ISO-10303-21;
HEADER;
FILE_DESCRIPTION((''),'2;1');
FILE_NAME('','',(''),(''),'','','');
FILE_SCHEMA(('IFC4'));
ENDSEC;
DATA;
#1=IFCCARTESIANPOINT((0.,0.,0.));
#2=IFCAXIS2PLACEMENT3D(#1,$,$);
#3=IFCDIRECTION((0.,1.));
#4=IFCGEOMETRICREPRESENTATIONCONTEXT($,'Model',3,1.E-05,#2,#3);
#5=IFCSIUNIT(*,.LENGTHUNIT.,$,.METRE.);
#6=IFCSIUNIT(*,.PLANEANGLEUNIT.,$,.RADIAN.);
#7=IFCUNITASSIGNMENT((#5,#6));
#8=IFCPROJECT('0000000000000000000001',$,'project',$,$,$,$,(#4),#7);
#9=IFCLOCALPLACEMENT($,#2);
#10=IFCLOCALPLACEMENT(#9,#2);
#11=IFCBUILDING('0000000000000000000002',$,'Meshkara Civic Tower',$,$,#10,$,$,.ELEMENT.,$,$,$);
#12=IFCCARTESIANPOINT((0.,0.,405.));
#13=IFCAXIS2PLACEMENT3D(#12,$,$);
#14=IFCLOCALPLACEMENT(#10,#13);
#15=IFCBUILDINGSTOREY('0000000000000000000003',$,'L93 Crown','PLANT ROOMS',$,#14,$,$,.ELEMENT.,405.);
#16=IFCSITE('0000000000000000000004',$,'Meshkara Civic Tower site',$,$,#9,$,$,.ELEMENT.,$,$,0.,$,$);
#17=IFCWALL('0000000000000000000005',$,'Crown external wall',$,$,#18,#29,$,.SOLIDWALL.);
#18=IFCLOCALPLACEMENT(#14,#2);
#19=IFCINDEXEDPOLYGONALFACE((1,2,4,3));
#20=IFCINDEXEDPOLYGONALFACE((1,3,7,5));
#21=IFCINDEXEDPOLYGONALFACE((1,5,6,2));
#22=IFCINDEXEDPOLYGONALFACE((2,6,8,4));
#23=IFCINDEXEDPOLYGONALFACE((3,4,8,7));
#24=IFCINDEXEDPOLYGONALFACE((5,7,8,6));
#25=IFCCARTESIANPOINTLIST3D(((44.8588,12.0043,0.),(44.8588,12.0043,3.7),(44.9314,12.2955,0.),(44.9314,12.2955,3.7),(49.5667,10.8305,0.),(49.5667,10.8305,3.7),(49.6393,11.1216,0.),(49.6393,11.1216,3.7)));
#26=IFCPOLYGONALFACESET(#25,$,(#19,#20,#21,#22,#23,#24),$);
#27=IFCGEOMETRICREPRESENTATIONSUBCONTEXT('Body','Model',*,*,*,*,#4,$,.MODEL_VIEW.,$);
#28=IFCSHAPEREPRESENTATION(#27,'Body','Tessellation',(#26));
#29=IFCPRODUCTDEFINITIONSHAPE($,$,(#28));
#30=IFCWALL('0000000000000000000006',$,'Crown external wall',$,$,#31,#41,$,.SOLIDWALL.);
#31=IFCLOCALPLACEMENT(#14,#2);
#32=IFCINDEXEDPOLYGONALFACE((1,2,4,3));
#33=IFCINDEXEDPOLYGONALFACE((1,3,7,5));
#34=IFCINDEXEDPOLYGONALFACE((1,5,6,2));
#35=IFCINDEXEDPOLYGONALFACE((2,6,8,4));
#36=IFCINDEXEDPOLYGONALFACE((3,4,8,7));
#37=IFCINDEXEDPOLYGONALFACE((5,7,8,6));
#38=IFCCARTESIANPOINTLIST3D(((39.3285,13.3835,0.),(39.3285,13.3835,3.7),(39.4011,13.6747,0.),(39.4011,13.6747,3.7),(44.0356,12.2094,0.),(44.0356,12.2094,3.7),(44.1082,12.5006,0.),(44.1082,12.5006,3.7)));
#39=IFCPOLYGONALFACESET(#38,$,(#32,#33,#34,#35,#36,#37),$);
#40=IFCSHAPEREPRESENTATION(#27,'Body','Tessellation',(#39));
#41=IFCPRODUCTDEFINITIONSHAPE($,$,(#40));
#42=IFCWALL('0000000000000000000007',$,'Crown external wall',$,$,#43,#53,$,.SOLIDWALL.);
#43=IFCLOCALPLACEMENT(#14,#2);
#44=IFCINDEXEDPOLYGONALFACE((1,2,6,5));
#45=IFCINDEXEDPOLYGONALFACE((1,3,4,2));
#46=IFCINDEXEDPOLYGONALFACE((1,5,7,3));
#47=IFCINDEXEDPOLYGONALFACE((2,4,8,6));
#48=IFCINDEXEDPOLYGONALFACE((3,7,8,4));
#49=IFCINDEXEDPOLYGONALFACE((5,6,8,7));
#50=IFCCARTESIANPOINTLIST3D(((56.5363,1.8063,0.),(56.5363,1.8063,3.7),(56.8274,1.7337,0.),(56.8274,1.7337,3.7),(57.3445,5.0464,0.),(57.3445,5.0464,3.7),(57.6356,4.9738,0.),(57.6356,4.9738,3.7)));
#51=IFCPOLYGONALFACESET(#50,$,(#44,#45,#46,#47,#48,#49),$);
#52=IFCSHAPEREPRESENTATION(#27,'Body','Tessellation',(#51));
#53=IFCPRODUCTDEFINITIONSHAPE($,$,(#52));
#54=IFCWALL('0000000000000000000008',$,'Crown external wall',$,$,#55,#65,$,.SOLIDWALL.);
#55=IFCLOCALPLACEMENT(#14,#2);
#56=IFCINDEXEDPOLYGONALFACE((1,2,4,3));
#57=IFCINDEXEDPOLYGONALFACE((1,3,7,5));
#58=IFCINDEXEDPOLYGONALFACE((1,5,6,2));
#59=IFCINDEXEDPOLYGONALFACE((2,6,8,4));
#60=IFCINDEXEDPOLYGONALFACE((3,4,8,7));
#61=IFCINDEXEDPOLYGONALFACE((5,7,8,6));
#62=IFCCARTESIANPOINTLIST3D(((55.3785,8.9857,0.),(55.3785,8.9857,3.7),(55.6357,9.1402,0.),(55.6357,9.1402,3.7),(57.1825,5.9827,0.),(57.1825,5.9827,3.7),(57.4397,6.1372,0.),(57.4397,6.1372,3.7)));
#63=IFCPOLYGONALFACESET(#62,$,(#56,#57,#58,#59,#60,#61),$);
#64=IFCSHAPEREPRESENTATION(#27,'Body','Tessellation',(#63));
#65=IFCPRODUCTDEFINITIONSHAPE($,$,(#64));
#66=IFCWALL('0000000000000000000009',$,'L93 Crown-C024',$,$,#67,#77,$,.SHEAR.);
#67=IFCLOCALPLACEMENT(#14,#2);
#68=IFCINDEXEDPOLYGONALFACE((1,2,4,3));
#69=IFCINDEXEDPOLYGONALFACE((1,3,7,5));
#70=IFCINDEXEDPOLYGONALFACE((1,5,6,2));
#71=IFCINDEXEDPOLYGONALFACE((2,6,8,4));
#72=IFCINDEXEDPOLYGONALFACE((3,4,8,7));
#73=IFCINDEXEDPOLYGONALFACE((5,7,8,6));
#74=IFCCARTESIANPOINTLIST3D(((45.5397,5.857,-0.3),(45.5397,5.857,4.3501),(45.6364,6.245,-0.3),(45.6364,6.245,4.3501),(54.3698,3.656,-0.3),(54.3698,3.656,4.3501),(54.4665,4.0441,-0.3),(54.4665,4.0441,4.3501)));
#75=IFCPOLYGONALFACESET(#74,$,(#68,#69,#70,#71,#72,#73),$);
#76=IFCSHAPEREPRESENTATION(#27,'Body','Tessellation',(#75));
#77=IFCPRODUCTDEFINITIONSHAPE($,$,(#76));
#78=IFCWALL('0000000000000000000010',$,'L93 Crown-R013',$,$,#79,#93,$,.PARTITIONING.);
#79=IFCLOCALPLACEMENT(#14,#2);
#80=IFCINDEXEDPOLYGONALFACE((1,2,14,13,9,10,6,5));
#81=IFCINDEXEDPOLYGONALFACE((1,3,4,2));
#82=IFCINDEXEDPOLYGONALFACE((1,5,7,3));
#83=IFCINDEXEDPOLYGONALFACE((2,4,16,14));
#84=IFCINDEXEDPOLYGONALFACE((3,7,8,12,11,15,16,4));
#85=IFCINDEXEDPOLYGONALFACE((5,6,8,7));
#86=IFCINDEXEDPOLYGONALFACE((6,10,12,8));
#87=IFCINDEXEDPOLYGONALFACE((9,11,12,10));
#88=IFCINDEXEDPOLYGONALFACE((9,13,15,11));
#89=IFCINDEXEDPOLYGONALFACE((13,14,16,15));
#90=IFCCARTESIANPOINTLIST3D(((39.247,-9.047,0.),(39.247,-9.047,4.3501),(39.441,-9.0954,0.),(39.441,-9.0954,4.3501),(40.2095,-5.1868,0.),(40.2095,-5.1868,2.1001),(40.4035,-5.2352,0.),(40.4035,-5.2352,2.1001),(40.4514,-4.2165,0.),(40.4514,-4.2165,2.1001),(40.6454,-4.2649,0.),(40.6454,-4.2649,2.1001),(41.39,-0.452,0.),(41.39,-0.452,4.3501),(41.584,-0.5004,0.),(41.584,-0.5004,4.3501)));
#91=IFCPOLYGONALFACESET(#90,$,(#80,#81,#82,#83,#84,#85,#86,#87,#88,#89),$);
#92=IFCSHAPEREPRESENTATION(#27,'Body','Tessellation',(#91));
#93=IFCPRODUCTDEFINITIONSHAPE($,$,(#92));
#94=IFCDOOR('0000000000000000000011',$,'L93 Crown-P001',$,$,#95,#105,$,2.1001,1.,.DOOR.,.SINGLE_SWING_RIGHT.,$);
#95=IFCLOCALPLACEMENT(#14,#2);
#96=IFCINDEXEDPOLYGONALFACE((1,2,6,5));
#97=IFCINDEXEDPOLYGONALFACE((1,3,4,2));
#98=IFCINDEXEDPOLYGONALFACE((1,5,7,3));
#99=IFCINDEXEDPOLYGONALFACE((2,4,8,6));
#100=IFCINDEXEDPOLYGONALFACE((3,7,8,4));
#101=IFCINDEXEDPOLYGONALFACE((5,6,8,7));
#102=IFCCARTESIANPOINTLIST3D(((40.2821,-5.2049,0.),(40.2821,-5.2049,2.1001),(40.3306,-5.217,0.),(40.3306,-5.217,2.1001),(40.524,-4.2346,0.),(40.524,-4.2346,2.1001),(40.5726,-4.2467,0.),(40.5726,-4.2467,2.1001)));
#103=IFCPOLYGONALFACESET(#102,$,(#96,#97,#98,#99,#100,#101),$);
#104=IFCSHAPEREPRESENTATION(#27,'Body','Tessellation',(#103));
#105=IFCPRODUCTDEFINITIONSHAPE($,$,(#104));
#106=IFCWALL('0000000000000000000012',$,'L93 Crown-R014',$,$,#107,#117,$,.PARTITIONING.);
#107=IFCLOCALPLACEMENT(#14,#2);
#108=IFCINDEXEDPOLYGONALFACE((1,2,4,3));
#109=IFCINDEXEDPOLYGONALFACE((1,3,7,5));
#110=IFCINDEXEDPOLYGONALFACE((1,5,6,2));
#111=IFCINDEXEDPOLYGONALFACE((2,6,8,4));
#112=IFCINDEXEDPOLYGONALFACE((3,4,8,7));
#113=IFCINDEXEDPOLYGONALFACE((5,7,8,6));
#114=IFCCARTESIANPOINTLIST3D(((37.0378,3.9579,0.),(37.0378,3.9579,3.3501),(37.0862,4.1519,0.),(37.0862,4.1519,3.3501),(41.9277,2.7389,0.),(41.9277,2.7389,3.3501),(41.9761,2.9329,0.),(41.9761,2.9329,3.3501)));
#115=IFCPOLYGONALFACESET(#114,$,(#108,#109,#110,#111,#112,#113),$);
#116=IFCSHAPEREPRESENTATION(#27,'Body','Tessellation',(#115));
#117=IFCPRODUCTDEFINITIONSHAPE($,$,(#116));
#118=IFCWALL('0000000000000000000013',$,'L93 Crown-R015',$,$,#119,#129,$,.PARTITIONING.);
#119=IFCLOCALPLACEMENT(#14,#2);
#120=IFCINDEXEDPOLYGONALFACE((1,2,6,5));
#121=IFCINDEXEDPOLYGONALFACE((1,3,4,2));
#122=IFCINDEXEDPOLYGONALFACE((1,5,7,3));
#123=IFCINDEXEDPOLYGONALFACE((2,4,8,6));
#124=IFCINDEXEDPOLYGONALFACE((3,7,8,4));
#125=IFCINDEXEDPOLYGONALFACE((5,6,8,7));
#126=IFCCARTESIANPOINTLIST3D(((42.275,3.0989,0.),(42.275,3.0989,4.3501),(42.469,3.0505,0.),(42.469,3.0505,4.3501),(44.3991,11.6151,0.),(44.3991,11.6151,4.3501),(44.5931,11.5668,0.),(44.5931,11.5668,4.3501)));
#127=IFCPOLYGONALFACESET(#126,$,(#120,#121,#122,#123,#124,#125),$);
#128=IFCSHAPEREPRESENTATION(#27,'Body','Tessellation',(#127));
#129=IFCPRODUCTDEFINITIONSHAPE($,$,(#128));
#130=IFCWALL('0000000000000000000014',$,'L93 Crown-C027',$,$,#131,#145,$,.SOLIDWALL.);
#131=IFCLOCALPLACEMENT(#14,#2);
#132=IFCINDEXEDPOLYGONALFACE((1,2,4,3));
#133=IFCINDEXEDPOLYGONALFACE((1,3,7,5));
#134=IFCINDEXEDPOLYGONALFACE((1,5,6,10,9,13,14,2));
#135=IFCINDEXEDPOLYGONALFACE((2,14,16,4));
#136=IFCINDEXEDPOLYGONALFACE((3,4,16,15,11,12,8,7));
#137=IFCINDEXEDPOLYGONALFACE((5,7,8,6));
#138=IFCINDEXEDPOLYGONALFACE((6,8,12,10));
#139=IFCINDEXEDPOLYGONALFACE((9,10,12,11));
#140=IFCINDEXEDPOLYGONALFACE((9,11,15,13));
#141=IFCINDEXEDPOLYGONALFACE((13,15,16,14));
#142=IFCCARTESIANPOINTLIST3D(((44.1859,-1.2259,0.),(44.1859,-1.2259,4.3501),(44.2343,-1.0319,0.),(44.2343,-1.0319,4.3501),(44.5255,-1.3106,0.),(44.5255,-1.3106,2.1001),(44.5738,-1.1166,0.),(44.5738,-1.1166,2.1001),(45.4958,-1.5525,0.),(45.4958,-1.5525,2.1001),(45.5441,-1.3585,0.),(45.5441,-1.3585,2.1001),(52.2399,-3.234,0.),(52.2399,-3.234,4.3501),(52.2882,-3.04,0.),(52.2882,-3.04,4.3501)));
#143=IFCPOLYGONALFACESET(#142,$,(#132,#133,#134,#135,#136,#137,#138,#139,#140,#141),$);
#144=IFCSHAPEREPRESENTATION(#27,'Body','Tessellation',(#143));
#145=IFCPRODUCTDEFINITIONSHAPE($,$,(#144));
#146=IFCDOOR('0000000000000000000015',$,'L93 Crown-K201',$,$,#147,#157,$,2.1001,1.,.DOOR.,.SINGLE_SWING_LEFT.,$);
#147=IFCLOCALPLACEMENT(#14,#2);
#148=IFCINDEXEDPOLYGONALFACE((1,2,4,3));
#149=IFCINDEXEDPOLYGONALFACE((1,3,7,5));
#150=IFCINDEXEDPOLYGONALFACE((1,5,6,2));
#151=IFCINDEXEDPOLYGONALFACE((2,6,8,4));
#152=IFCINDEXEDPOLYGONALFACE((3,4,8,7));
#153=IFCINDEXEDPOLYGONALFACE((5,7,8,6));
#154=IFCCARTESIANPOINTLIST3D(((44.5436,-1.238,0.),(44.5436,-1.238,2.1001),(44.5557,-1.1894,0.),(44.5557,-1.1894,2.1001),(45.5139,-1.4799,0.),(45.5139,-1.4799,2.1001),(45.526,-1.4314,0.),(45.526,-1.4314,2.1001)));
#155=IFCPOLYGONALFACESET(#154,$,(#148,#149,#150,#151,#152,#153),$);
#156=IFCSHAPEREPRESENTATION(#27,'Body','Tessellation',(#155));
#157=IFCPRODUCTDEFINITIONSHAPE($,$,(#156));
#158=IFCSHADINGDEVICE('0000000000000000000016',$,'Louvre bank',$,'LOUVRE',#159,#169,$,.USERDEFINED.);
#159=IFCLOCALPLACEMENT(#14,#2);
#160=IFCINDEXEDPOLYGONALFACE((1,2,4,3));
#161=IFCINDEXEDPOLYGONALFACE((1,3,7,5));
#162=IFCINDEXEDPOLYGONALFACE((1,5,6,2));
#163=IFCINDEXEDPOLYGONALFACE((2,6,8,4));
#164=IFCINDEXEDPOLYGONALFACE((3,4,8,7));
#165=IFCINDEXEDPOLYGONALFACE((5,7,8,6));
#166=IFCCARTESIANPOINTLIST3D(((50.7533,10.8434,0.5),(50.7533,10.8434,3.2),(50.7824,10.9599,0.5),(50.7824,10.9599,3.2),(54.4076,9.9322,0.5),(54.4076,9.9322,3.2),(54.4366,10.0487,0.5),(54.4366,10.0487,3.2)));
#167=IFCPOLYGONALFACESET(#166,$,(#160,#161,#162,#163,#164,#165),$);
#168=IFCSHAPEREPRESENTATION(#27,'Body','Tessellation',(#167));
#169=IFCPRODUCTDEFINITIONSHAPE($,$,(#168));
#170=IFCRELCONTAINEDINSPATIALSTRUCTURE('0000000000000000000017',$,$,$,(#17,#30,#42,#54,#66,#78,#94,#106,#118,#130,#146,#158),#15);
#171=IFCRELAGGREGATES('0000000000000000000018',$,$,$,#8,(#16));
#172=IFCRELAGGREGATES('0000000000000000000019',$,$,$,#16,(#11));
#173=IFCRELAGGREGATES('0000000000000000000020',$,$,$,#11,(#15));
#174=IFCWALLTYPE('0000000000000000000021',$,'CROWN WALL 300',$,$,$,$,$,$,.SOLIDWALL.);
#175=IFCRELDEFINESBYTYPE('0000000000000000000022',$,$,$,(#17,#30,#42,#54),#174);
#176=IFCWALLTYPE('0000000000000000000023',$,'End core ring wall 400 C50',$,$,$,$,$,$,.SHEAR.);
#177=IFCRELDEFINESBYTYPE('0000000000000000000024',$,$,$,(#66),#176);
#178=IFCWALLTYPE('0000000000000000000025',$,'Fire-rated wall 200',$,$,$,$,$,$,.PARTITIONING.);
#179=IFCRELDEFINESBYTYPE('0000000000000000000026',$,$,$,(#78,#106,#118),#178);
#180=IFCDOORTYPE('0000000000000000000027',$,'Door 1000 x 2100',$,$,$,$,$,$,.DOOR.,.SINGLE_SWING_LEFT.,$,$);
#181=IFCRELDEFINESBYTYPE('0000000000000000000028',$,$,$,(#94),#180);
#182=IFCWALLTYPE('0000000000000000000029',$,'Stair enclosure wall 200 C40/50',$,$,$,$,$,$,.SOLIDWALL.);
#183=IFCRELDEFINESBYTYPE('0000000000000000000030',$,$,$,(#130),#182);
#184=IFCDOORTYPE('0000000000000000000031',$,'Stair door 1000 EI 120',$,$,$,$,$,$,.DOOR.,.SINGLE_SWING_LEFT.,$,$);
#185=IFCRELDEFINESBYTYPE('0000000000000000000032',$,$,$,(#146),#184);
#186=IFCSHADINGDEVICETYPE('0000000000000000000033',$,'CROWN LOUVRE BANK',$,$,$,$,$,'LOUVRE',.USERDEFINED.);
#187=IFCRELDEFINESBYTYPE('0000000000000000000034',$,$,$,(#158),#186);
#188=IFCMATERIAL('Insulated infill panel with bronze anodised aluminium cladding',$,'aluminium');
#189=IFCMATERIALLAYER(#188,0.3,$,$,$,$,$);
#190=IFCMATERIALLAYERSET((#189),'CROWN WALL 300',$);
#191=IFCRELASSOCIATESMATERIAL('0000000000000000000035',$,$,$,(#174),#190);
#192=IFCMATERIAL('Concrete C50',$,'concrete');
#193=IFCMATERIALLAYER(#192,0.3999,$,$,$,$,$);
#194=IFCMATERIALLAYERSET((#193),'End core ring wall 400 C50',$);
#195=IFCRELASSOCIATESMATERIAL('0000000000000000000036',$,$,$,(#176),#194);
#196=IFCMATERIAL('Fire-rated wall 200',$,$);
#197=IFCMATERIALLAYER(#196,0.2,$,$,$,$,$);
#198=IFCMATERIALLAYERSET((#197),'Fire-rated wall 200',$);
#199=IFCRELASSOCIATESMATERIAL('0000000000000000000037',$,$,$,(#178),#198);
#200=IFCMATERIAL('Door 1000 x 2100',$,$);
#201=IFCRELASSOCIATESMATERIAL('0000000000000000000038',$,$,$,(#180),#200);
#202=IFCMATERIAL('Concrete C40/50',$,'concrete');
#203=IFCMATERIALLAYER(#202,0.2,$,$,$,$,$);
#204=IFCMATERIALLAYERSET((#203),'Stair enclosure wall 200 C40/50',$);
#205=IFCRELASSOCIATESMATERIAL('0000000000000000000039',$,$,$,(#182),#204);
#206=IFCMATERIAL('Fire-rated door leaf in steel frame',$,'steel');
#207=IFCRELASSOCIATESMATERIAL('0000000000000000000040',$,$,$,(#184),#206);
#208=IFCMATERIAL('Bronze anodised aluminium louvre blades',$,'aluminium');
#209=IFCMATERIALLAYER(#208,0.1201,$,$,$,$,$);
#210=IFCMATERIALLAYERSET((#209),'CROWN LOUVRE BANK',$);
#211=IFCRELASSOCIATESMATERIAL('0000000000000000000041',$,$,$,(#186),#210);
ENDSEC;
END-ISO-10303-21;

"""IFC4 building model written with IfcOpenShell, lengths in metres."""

from ifc_helpers import new_model, si_unit, direction, frame, frame_2d, origin, origin_2d, place, context, subcontext, project, spatial, rectangle, extrude, material, layer, layer_set, type_object, element, fill, save


model = new_model("IFC4")

# Units and contexts
model_context = context("Model", 3, precision=1e-05, world=origin(), true_north=direction((0.0, 1.0)))
body_context = subcontext(model_context, "Body", "Model", "MODEL_VIEW")
ifc_project = project(units=[si_unit("LENGTHUNIT", "METRE"), si_unit("PLANEANGLEUNIT", "RADIAN")], contexts=[model_context])

# Site, building, storey
site_placement = place(None, origin())
site = spatial("IfcSite", under=ifc_project, at=site_placement, Name="Meshkara Civic Tower site", CompositionType="ELEMENT", RefElevation=0.0)
building_placement = place(site_placement, origin())
building = spatial("IfcBuilding", under=site, at=building_placement, Name="Meshkara Civic Tower", CompositionType="ELEMENT")
storey_placement = place(building_placement, frame((0.0, 0.0, 405.0)))
storey = spatial("IfcBuildingStorey", under=building, at=storey_placement, Name="L93 Crown", Description="PLANT ROOMS", CompositionType="ELEMENT", Elevation=405.0)

# Walls
ifc_material_1 = material(Name="Insulated infill panel with bronze anodised aluminium cladding", Category="aluminium")
ifc_layer_1 = layer(ifc_material_1, 0.3)
ifc_layer_set_1 = layer_set([ifc_layer_1], Name="CROWN WALL 300")
wall_type_1 = type_object("IfcWallType", Name="CROWN WALL 300", PredefinedType="SOLIDWALL", material=ifc_layer_set_1)
wall_1_placement = place(storey_placement, frame((49.603, 10.9761, 0.0), z_axis=(0.0, 0.0, 1.0), x_axis=(-0.970296, 0.24192, 0.0)))
element("IfcWall", 1, at=wall_1_placement, inside=storey, type_object=wall_type_1, Name="Crown external wall", PredefinedType="SOLIDWALL", context=body_context, shape_type="SweptSolid", body=[
    extrude(rectangle(XDim=4.8521, YDim=0.3, at=frame_2d((2.426, 0.0))), origin(), (0.0, 0.0, 1.0), 3.7),
])
wall_2_placement = place(storey_placement, frame((44.072, 12.355, 0.0), z_axis=(0.0, 0.0, 1.0), x_axis=(-0.970273, 0.242015, 0.0)))
element("IfcWall", 2, at=wall_2_placement, inside=storey, type_object=wall_type_1, Name="Crown external wall", PredefinedType="SOLIDWALL", context=body_context, shape_type="SweptSolid", body=[
    extrude(rectangle(XDim=4.8513, YDim=0.3, at=frame_2d((2.4258, 0.0))), origin(), (0.0, 0.0, 1.0), 3.7),
])
wall_3_placement = place(storey_placement, frame((56.6819, 1.77, 0.0), z_axis=(0.0, 0.0, 1.0), x_axis=(0.242002, 0.970276, 0.0)))
element("IfcWall", 3, at=wall_3_placement, inside=storey, type_object=wall_type_1, Name="Crown external wall", PredefinedType="SOLIDWALL", context=body_context, shape_type="SweptSolid", body=[
    extrude(rectangle(XDim=3.3394, YDim=0.3, at=frame_2d((1.6697, 0.0))), origin(), (0.0, 0.0, 1.0), 3.7),
])
wall_4_placement = place(storey_placement, frame((57.311, 6.0601, 0.0), z_axis=(0.0, 0.0, 1.0), x_axis=(-0.514957, 0.857216, 0.0)))
element("IfcWall", 4, at=wall_4_placement, inside=storey, type_object=wall_type_1, Name="Crown external wall", PredefinedType="SOLIDWALL", context=body_context, shape_type="SweptSolid", body=[
    extrude(rectangle(XDim=3.5032, YDim=0.3, at=frame_2d((1.7515, 0.0))), origin(), (0.0, 0.0, 1.0), 3.7),
])
ifc_material_2 = material(Name="Concrete C50", Category="concrete")
ifc_layer_2 = layer(ifc_material_2, 0.3999)
ifc_layer_set_2 = layer_set([ifc_layer_2], Name="End core ring wall 400 C50")
wall_type_2 = type_object("IfcWallType", Name="End core ring wall 400 C50", PredefinedType="SHEAR", material=ifc_layer_set_2)
wall_5_placement = place(storey_placement, frame((45.5879, 6.051, -0.3), z_axis=(0.0, 0.0, 1.0), x_axis=(0.970313, -0.241854, 0.0)))
element("IfcWall", 5, at=wall_5_placement, inside=storey, type_object=wall_type_2, Name="L93 Crown-C024", PredefinedType="SHEAR", context=body_context, shape_type="SweptSolid", body=[
    extrude(rectangle(XDim=9.1003, YDim=0.3999, at=frame_2d((4.5503, 0.0))), origin(), (0.0, 0.0, 1.0), 4.6501),
])

# Wall, opening, door
ifc_material_3 = material(Name="Fire-rated wall 200")
ifc_layer_3 = layer(ifc_material_3, 0.2)
ifc_layer_set_3 = layer_set([ifc_layer_3], Name="Fire-rated wall 200")
wall_type_3 = type_object("IfcWallType", Name="Fire-rated wall 200", PredefinedType="PARTITIONING", material=ifc_layer_set_3)
wall_6_placement = place(storey_placement, frame((41.4871, -0.4761, 0.0), z_axis=(0.0, 0.0, 1.0), x_axis=(-0.241932, -0.970293, 0.0)))
wall_6 = element("IfcWall", 6, at=wall_6_placement, inside=storey, type_object=wall_type_3, Name="L93 Crown-R013", PredefinedType="PARTITIONING", context=body_context, shape_type="SweptSolid", body=[
    extrude(rectangle(XDim=8.8582, YDim=0.2, at=frame_2d((4.4292, 0.0))), origin(), (0.0, 0.0, 1.0), 4.3501),
])
opening_1_placement = place(wall_6_placement, frame((3.8799, 0.0, 0.0)))
opening_1 = element("IfcOpeningElement", 7, at=opening_1_placement, cuts=wall_6, PredefinedType="OPENING", context=body_context, shape_type="SweptSolid", body=[
    extrude(rectangle(XDim=1.0, YDim=2.1001, at=frame_2d((0.5, 1.05))), frame((0.0, 0.1099, 0.0), z_axis=(0.0, -1.0, 0.0), x_axis=(1.0, 0.0, 0.0)), (0.0, 0.0, 1.0), 0.22),
])
ifc_material_4 = material(Name="Door 1000 x 2100")
door_type_1 = type_object("IfcDoorType", Name="Door 1000 x 2100", OperationType="SINGLE_SWING_LEFT", PredefinedType="DOOR", material=ifc_material_4)
door_1_placement = place(opening_1_placement, origin())
door_1 = element("IfcDoor", 8, at=door_1_placement, inside=storey, type_object=door_type_1, Name="L93 Crown-P001", OperationType="SINGLE_SWING_RIGHT", OverallHeight=2.1001, OverallWidth=1.0, PredefinedType="DOOR", context=body_context, shape_type="SweptSolid", body=[
    extrude(rectangle(XDim=1.0, YDim=2.1001, at=frame_2d((0.5, 1.05))), frame((0.0, 0.0249, 0.0), z_axis=(0.0, -1.0, 0.0), x_axis=(1.0, 0.0, 0.0)), (0.0, 0.0, 1.0), 0.05),
])
fill(opening_1, door_1)

# Walls
wall_7_placement = place(storey_placement, frame((41.9519, 2.8359, 0.0), z_axis=(0.0, 0.0, 1.0), x_axis=(-0.970305, 0.241886, 0.0)))
element("IfcWall", 9, at=wall_7_placement, inside=storey, type_object=wall_type_3, Name="L93 Crown-R014", PredefinedType="PARTITIONING", context=body_context, shape_type="SweptSolid", body=[
    extrude(rectangle(XDim=5.0396, YDim=0.2, at=frame_2d((2.5198, 0.0))), origin(), (0.0, 0.0, 1.0), 3.3501),
])
wall_8_placement = place(storey_placement, frame((44.4961, 11.5911, 0.0), z_axis=(0.0, 0.0, 1.0), x_axis=(-0.241999, -0.970277, 0.0)))
element("IfcWall", 10, at=wall_8_placement, inside=storey, type_object=wall_type_3, Name="L93 Crown-R015", PredefinedType="PARTITIONING", context=body_context, shape_type="SweptSolid", body=[
    extrude(rectangle(XDim=8.7771, YDim=0.2, at=frame_2d((4.3887, 0.0))), origin(), (0.0, 0.0, 1.0), 4.3501),
])

# Wall, opening, door
ifc_material_5 = material(Name="Concrete C40/50", Category="concrete")
ifc_layer_4 = layer(ifc_material_5, 0.2)
ifc_layer_set_4 = layer_set([ifc_layer_4], Name="Stair enclosure wall 200 C40/50")
wall_type_4 = type_object("IfcWallType", Name="Stair enclosure wall 200 C40/50", PredefinedType="SOLIDWALL", material=ifc_layer_set_4)
wall_9_placement = place(storey_placement, frame((44.21, -1.1289, 0.0), z_axis=(0.0, 0.0, 1.0), x_axis=(0.970296, -0.24192, 0.0)))
wall_9 = element("IfcWall", 11, at=wall_9_placement, inside=storey, type_object=wall_type_4, Name="L93 Crown-C027", PredefinedType="SOLIDWALL", context=body_context, shape_type="SweptSolid", body=[
    extrude(rectangle(XDim=8.3005, YDim=0.2, at=frame_2d((4.1504, 0.0))), origin(), (0.0, 0.0, 1.0), 4.3501),
])
opening_2_placement = place(wall_9_placement, frame((0.3501, 0.0, 0.0)))
opening_2 = element("IfcOpeningElement", 12, at=opening_2_placement, cuts=wall_9, PredefinedType="OPENING", context=body_context, shape_type="SweptSolid", body=[
    extrude(rectangle(XDim=1.0, YDim=2.1001, at=frame_2d((0.5, 1.05))), frame((0.0, 0.1099, 0.0), z_axis=(0.0, -1.0, 0.0), x_axis=(1.0, 0.0, 0.0)), (0.0, 0.0, 1.0), 0.22),
])
ifc_material_6 = material(Name="Fire-rated door leaf in steel frame", Category="steel")
door_type_2 = type_object("IfcDoorType", Name="Stair door 1000 EI 120", OperationType="SINGLE_SWING_LEFT", PredefinedType="DOOR", material=ifc_material_6)
door_2_placement = place(opening_2_placement, origin())
door_2 = element("IfcDoor", 13, at=door_2_placement, inside=storey, type_object=door_type_2, Name="L93 Crown-K201", OperationType="SINGLE_SWING_LEFT", OverallHeight=2.1001, OverallWidth=1.0, PredefinedType="DOOR", context=body_context, shape_type="SweptSolid", body=[
    extrude(rectangle(XDim=1.0, YDim=2.1001, at=frame_2d((0.5, 1.05))), frame((0.0, 0.0249, 0.0), z_axis=(0.0, -1.0, 0.0), x_axis=(1.0, 0.0, 0.0)), (0.0, 0.0, 1.0), 0.05),
])
fill(opening_2, door_2)

# Shading device
ifc_material_7 = material(Name="Bronze anodised aluminium louvre blades", Category="aluminium")
ifc_layer_5 = layer(ifc_material_7, 0.1201)
ifc_layer_set_5 = layer_set([ifc_layer_5], Name="CROWN LOUVRE BANK")
shading_device_type = type_object("IfcShadingDeviceType", Name="CROWN LOUVRE BANK", ElementType="LOUVRE", PredefinedType="USERDEFINED", material=ifc_layer_set_5)
shading_device_1_placement = place(storey_placement, frame((52.595, 10.446, 0.5), z_axis=(0.0, 0.0, 1.0), x_axis=(-0.970292, 0.241939, 0.0)))
element("IfcShadingDevice", 14, at=shading_device_1_placement, inside=storey, type_object=shading_device_type, Name="Louvre bank", ObjectType="LOUVRE", PredefinedType="USERDEFINED", context=body_context, shape_type="SweptSolid", body=[
    extrude(rectangle(XDim=3.7661, YDim=0.1201, at=origin_2d()), origin(), (0.0, 0.0, 1.0), 2.7),
])

save(model, "model.ifc")
